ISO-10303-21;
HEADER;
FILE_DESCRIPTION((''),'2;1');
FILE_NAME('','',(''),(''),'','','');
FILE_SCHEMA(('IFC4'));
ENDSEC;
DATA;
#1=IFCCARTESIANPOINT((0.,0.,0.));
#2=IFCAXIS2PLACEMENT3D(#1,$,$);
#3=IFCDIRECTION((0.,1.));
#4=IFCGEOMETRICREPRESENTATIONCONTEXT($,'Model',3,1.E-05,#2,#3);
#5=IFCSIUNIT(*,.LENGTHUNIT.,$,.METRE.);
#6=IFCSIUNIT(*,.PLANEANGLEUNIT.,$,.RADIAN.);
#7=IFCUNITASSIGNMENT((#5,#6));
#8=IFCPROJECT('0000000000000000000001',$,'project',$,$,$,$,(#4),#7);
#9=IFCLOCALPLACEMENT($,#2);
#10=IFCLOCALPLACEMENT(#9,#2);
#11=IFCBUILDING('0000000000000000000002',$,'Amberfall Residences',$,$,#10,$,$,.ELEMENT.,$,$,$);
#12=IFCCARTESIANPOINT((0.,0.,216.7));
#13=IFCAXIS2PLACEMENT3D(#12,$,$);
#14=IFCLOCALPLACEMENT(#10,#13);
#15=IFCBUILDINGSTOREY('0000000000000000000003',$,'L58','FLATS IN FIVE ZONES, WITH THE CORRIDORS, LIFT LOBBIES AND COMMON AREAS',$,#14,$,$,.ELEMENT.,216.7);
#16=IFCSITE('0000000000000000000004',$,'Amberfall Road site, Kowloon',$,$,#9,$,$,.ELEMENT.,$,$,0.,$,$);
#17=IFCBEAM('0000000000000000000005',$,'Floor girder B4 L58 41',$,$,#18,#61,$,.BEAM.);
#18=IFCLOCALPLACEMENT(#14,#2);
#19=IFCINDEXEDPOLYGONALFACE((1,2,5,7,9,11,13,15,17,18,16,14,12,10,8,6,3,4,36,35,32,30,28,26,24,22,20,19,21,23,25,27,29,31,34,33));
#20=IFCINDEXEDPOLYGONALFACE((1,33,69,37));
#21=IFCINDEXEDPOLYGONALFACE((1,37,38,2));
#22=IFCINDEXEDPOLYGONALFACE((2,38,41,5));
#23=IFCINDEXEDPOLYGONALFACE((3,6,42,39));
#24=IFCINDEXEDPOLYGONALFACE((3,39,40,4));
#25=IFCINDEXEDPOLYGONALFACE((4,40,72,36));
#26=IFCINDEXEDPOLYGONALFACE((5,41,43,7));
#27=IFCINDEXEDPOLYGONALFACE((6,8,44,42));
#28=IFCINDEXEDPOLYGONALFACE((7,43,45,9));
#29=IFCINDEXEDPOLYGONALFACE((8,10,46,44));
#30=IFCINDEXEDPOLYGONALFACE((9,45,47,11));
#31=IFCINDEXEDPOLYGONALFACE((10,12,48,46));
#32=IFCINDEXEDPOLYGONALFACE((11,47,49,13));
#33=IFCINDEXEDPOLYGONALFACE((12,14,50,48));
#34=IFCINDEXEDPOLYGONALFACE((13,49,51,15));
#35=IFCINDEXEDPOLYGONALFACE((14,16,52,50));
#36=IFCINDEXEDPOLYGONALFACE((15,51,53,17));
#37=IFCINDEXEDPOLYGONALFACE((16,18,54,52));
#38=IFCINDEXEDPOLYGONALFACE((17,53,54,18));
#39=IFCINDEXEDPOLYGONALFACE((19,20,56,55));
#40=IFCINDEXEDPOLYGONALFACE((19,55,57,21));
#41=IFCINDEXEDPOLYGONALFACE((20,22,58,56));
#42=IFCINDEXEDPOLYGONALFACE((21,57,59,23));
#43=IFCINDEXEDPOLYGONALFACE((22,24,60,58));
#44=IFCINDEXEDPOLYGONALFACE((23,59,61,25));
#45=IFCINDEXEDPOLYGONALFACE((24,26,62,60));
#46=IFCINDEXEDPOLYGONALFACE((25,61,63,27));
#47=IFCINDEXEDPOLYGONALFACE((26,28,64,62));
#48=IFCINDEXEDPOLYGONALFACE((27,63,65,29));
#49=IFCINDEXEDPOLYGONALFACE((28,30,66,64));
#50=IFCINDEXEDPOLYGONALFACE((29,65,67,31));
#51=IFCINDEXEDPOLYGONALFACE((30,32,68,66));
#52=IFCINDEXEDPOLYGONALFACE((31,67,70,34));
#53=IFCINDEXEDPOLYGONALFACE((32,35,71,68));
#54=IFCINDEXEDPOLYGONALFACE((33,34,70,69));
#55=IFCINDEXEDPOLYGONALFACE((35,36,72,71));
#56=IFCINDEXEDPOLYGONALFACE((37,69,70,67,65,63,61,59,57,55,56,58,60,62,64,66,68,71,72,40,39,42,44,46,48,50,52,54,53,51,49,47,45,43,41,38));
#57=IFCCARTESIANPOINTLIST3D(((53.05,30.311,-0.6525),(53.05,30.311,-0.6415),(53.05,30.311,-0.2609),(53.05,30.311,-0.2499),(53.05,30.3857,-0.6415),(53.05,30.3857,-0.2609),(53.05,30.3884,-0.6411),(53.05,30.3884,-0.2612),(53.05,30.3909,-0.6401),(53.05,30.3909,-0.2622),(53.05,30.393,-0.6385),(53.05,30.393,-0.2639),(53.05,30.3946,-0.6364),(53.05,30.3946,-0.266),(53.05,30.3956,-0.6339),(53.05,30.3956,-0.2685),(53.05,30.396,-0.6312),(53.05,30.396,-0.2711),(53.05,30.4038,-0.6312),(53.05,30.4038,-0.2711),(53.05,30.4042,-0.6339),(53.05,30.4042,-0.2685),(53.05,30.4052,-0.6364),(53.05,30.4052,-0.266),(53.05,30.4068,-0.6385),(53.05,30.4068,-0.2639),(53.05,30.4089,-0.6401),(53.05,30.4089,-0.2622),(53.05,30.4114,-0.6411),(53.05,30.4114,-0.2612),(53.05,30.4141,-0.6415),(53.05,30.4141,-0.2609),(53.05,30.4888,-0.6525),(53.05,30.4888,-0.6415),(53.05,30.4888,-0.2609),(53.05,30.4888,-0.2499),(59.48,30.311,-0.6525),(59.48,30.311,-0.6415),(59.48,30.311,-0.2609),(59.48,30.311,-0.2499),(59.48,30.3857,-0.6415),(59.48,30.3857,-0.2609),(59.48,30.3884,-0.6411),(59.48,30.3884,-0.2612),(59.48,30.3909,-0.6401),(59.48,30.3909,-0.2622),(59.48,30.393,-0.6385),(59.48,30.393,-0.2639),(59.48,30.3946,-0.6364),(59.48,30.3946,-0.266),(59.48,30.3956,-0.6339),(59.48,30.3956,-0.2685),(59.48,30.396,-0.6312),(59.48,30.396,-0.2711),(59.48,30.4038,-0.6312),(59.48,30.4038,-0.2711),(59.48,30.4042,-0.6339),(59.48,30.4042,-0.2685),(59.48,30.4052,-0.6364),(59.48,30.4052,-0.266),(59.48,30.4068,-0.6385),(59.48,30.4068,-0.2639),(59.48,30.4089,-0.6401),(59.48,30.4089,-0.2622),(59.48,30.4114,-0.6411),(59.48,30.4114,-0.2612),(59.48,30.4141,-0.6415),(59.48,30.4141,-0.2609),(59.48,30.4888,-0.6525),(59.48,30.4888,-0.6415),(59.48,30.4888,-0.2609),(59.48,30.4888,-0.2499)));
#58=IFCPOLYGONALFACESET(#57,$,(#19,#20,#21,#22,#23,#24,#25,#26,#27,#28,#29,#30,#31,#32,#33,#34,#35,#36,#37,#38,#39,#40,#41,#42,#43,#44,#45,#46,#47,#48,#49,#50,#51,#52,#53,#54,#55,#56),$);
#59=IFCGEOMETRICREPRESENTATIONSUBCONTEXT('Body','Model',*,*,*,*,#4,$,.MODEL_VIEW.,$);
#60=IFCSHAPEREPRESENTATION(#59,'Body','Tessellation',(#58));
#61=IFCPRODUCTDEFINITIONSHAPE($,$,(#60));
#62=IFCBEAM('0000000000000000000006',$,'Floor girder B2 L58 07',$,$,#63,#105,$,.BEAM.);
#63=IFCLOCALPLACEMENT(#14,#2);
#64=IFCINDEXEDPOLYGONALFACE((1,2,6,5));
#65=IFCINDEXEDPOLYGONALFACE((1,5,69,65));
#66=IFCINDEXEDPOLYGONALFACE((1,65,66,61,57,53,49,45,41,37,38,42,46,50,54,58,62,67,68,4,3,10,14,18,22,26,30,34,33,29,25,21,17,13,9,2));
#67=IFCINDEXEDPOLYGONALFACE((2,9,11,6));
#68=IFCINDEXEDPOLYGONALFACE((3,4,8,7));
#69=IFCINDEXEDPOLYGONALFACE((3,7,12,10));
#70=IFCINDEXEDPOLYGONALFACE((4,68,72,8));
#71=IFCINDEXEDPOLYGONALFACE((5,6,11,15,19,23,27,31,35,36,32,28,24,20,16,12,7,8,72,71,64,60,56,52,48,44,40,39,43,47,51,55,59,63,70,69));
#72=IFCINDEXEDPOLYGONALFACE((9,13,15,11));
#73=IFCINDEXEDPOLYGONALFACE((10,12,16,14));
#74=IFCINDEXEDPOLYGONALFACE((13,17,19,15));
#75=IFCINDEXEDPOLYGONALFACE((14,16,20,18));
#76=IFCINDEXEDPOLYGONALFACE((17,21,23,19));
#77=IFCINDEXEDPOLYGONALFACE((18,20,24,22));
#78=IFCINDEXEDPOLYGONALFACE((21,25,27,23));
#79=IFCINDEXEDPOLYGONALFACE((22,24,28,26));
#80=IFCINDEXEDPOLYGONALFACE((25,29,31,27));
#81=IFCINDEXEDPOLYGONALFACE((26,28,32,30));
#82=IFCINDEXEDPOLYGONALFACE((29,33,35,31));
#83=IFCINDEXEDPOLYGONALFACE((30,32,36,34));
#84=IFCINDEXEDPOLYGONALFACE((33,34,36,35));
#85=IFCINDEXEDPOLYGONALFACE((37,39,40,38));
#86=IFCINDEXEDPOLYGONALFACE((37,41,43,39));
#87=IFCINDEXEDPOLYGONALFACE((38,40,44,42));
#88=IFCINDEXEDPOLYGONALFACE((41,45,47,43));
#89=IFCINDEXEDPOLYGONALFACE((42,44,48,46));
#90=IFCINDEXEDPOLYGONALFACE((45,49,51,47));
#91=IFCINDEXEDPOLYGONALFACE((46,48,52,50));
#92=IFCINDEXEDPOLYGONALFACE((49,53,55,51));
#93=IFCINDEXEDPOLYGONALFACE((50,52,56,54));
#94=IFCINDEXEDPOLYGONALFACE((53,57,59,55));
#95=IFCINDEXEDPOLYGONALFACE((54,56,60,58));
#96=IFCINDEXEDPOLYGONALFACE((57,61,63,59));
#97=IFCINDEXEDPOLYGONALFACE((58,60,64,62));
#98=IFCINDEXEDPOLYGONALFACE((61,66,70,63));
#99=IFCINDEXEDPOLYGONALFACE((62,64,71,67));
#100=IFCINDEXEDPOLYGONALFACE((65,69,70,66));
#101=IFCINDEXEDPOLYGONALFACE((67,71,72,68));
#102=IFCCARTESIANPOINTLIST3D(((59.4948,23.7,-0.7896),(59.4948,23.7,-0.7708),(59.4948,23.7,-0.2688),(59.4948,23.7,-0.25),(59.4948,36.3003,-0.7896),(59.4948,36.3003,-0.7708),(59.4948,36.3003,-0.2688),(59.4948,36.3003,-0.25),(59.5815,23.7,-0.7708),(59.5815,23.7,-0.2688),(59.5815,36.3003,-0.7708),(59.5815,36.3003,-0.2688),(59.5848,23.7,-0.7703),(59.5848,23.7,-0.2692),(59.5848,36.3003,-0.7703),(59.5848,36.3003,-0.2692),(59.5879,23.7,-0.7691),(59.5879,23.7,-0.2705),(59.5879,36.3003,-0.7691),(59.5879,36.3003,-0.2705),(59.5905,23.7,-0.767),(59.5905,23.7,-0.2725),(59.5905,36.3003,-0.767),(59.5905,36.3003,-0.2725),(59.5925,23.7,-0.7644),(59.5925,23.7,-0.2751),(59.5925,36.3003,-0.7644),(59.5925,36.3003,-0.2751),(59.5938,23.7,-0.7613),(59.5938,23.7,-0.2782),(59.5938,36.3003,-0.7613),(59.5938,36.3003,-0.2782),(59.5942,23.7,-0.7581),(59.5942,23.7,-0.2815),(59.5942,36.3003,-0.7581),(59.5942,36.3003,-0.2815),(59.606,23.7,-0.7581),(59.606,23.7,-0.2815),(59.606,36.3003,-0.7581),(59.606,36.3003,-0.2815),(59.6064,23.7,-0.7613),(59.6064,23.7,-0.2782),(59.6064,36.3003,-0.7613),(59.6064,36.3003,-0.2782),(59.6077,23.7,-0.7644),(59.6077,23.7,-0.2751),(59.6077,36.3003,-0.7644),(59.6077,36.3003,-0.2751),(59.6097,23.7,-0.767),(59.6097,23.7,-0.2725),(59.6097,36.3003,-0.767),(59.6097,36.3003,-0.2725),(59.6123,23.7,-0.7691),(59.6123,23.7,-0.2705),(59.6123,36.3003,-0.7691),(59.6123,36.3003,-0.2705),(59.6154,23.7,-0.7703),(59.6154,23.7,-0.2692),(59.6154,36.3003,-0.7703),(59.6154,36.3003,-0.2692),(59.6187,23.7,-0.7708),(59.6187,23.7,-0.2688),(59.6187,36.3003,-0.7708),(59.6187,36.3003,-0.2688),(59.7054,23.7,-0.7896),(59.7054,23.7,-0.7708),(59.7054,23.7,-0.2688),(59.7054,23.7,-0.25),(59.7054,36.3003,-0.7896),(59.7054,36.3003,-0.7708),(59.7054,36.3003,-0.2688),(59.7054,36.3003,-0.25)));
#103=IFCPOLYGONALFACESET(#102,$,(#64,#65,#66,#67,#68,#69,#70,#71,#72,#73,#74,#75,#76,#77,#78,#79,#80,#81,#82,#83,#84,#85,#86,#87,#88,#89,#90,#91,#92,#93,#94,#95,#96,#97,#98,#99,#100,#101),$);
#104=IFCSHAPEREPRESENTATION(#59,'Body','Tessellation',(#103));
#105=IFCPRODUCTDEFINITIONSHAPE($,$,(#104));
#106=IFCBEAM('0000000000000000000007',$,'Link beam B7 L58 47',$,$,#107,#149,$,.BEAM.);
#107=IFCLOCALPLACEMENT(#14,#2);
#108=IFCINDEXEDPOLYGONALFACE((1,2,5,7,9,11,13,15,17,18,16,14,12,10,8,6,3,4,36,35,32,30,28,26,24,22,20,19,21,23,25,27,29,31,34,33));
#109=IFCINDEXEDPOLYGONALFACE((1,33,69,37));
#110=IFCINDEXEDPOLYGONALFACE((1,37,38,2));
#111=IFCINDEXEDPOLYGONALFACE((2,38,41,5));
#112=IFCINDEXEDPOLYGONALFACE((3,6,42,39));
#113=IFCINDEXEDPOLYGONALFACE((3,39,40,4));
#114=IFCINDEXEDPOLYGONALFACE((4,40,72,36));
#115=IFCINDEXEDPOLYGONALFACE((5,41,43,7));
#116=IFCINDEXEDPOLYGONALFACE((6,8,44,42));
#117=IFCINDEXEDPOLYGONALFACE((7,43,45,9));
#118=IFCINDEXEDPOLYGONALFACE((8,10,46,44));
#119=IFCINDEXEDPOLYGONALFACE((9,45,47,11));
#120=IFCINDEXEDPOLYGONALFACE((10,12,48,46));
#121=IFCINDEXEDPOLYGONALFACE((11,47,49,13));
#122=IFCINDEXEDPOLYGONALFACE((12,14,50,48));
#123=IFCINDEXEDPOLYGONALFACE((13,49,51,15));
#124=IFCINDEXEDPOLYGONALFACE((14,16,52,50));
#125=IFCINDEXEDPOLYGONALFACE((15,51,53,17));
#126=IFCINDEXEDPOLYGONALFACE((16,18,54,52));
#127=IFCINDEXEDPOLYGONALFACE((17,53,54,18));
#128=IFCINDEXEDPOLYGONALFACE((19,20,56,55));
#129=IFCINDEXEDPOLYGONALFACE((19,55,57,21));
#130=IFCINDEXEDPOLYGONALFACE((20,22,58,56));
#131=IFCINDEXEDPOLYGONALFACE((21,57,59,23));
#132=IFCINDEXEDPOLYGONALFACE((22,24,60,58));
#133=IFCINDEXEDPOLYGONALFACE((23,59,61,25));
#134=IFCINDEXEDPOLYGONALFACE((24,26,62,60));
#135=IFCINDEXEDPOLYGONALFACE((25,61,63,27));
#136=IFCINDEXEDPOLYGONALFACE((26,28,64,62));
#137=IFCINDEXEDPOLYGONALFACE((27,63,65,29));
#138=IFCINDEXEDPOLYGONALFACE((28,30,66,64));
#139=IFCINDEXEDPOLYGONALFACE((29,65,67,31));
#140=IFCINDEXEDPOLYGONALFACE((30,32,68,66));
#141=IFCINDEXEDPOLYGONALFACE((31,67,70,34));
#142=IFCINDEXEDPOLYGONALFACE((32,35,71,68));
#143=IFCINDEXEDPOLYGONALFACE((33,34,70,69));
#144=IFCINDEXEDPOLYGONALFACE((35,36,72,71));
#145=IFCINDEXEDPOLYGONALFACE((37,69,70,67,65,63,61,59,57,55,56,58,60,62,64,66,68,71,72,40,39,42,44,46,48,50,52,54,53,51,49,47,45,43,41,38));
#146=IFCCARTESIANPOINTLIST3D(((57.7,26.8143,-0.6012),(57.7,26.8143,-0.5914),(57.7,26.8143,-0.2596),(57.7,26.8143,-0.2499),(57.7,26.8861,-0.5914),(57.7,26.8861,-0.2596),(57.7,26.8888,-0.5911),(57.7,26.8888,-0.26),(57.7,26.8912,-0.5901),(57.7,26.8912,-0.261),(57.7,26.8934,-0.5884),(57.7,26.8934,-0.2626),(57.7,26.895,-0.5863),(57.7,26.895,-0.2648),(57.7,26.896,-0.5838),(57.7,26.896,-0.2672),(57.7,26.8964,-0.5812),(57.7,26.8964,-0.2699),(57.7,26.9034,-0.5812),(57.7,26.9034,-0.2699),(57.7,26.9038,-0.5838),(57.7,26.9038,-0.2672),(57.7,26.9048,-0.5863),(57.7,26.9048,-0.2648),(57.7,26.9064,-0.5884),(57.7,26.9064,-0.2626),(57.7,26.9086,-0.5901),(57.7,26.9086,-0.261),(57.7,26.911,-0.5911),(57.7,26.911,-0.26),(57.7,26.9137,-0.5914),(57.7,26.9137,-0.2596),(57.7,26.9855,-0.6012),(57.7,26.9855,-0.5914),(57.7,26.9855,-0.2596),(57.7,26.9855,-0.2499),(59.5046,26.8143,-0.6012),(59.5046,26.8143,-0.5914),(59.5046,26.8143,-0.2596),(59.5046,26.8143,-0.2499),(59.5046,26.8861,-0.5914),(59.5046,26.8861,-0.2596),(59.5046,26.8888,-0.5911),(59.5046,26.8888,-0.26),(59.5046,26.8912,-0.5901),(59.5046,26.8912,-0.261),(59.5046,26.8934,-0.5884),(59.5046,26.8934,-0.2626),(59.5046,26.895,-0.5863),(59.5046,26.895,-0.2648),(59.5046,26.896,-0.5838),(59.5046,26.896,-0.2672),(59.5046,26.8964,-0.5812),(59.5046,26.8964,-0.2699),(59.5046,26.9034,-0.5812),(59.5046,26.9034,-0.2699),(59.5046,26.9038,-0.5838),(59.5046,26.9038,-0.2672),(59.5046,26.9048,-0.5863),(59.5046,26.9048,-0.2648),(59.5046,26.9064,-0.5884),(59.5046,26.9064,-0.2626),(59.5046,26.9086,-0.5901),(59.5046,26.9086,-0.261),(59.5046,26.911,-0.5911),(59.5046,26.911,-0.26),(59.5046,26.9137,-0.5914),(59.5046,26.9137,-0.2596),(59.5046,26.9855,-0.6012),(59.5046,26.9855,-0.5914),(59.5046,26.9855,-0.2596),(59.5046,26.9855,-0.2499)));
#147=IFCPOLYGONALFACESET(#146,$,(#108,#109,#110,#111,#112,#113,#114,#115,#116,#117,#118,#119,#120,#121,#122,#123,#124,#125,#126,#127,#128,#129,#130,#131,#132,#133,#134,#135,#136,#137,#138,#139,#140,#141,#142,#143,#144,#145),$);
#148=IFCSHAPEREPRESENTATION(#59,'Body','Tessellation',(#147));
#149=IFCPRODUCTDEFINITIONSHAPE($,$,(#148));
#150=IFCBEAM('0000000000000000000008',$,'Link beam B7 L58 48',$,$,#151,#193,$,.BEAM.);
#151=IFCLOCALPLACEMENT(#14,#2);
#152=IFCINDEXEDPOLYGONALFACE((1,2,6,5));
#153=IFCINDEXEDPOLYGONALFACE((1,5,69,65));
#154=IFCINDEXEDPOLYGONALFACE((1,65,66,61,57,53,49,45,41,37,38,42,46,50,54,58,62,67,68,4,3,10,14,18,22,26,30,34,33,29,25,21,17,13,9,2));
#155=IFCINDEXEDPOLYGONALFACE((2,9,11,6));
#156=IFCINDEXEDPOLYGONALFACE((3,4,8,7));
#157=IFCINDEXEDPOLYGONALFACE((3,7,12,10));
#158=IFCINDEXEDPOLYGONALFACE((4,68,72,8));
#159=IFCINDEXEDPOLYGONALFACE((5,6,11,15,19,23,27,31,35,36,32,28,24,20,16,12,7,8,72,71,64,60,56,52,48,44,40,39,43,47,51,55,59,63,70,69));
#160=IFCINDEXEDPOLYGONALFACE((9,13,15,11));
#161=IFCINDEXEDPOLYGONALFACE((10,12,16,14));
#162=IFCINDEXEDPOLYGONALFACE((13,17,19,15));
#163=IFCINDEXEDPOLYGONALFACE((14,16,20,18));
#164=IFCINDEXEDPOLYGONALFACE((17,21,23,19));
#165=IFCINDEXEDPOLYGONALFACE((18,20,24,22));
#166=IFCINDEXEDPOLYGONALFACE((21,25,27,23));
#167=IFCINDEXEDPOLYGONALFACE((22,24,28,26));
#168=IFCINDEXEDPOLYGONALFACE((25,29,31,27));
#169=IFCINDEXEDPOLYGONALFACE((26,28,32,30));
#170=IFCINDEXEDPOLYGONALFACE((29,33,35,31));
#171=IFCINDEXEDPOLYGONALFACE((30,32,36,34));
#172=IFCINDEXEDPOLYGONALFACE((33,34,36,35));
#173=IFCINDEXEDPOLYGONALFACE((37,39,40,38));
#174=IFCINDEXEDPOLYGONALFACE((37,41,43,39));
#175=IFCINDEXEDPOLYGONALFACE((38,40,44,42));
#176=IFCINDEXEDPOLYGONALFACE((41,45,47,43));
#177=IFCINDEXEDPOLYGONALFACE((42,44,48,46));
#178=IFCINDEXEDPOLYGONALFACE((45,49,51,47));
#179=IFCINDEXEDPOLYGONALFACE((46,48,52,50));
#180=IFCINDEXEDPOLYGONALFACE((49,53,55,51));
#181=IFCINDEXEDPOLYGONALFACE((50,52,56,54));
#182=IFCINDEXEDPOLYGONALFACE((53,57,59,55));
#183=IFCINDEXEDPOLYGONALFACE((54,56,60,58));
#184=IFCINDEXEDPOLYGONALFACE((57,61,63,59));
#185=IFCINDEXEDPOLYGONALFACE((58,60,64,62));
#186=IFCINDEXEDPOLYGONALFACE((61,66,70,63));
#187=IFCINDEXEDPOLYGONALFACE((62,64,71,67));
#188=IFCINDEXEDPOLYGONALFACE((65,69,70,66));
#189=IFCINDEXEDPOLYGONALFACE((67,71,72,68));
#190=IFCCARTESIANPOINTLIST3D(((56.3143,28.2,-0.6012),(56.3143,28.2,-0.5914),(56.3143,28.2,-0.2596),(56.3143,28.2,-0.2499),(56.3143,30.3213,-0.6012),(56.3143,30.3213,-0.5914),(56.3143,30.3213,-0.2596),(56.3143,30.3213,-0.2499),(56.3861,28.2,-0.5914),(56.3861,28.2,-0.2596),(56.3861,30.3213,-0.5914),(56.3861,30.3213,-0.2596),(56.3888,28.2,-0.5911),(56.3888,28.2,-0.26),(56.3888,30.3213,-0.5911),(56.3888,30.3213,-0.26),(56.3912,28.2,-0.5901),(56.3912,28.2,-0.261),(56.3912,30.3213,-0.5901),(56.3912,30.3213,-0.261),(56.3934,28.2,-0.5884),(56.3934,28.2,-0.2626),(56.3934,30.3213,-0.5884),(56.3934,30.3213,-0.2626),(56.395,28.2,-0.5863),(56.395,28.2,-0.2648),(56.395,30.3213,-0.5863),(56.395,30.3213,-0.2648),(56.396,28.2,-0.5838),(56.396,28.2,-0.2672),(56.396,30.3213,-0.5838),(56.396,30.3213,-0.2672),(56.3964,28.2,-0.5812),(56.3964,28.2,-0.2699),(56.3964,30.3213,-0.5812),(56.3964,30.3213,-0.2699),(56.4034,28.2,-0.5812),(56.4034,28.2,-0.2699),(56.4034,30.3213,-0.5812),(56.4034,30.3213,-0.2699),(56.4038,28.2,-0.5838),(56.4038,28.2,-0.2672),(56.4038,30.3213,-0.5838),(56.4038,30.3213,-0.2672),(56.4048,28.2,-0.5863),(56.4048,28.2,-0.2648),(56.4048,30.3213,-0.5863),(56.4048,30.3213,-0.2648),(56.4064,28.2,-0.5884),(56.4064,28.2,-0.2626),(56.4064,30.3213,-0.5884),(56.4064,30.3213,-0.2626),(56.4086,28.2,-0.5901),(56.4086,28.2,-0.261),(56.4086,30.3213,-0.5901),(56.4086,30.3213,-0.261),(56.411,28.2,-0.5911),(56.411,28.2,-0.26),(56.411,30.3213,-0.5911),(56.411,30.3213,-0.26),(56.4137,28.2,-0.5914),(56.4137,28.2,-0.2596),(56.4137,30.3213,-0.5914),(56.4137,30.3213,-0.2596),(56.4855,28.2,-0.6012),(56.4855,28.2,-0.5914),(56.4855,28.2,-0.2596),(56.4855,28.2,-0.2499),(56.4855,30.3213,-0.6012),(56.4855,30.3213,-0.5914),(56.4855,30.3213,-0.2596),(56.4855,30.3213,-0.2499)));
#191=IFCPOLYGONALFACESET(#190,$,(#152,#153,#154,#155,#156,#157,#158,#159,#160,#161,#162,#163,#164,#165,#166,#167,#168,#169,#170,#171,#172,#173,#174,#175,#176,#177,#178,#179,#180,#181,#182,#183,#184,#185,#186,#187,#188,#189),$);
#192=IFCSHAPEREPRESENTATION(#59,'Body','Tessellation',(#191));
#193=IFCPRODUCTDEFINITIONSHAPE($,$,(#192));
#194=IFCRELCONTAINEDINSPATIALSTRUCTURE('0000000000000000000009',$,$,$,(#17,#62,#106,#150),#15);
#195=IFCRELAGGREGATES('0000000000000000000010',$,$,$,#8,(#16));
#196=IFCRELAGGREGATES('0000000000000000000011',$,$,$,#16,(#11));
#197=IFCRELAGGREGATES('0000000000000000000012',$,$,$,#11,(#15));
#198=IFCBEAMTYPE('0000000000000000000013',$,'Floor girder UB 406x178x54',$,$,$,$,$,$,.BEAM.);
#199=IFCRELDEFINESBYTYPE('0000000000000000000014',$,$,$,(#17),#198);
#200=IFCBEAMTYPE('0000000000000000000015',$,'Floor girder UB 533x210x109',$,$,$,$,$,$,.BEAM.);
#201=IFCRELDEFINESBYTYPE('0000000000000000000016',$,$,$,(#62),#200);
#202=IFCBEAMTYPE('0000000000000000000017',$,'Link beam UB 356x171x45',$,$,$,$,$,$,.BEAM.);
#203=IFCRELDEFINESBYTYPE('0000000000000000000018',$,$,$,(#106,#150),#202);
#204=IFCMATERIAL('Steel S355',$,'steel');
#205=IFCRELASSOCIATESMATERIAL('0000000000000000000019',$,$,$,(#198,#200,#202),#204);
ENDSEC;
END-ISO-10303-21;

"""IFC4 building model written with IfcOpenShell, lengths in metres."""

from ifc_helpers import new_model, si_unit, direction, frame, origin, origin_2d, place, context, subcontext, project, spatial, i_section, extrude, material, material_profile, profile_set, type_object, element, save


model = new_model("IFC4")

# Units and contexts
model_context = context("Model", 3, precision=1e-05, world=origin(), true_north=direction((0.0, 1.0)))
body_context = subcontext(model_context, "Body", "Model", "MODEL_VIEW")
ifc_project = project(units=[si_unit("LENGTHUNIT", "METRE"), si_unit("PLANEANGLEUNIT", "RADIAN")], contexts=[model_context])

# Site, building, storey
site_placement = place(None, origin())
site = spatial("IfcSite", under=ifc_project, at=site_placement, Name="Amberfall Road site, Kowloon", CompositionType="ELEMENT", RefElevation=0.0)
building_placement = place(site_placement, origin())
building = spatial("IfcBuilding", under=site, at=building_placement, Name="Amberfall Residences", CompositionType="ELEMENT")
storey_placement = place(building_placement, frame((0.0, 0.0, 216.7)))
storey = spatial("IfcBuildingStorey", under=building, at=storey_placement, Name="L58", Description="FLATS IN FIVE ZONES, WITH THE CORRIDORS, LIFT LOBBIES AND COMMON AREAS", CompositionType="ELEMENT", Elevation=216.7)

# Shared definitions
ifc_material_1 = material(Name="Steel S355", Category="steel")

# Beams
ifc_material_profile_1 = material_profile(ifc_material_1, i_section(OverallWidth=0.1777, OverallDepth=0.4026, WebThickness=0.0078, FlangeThickness=0.011, FilletRadius=0.0103, at=origin_2d()), Name="UB 406x178x54")
ifc_profile_set_1 = profile_set([ifc_material_profile_1], Name="Steel S355")
beam_type_1 = type_object("IfcBeamType", Name="Floor girder UB 406x178x54", PredefinedType="BEAM", material=ifc_profile_set_1)
beam_1_placement = place(storey_placement, frame((53.05, 30.3999, -0.4512), z_axis=(1.0, 0.0, 0.0), x_axis=(0.0, 1.0, 0.0)))
element("IfcBeam", 1, at=beam_1_placement, inside=storey, type_object=beam_type_1, Name="Floor girder B4 L58 41", PredefinedType="BEAM", context=body_context, shape_type="SweptSolid", body=[
    extrude(i_section(OverallWidth=0.1777, OverallDepth=0.4026, WebThickness=0.0078, FlangeThickness=0.011, FilletRadius=0.0103, at=origin_2d()), origin(), (0.0, 0.0, 1.0), 6.4299),
])
ifc_material_profile_2 = material_profile(ifc_material_1, i_section(OverallWidth=0.2107, OverallDepth=0.5396, WebThickness=0.0117, FlangeThickness=0.0188, FilletRadius=0.0127, at=origin_2d()), Name="UB 533x210x109")
ifc_profile_set_2 = profile_set([ifc_material_profile_2], Name="Steel S355")
beam_type_2 = type_object("IfcBeamType", Name="Floor girder UB 533x210x109", PredefinedType="BEAM", material=ifc_profile_set_2)
beam_2_placement = place(storey_placement, frame((59.6001, 23.7, -0.5198), z_axis=(0.0, 1.0, 0.0), x_axis=(-1.0, 0.0, 0.0)))
element("IfcBeam", 2, at=beam_2_placement, inside=storey, type_object=beam_type_2, Name="Floor girder B2 L58 07", PredefinedType="BEAM", context=body_context, shape_type="SweptSolid", body=[
    extrude(i_section(OverallWidth=0.2107, OverallDepth=0.5396, WebThickness=0.0117, FlangeThickness=0.0188, FilletRadius=0.0127, at=origin_2d()), origin(), (0.0, 0.0, 1.0), 12.6003),
])
ifc_material_profile_3 = material_profile(ifc_material_1, i_section(OverallWidth=0.1711, OverallDepth=0.3513, WebThickness=0.0071, FlangeThickness=0.0098, FilletRadius=0.0103, at=origin_2d()), Name="UB 356x171x45")
ifc_profile_set_3 = profile_set([ifc_material_profile_3], Name="Steel S355")
beam_type_3 = type_object("IfcBeamType", Name="Link beam UB 356x171x45", PredefinedType="BEAM", material=ifc_profile_set_3)
beam_3_placement = place(storey_placement, frame((57.7, 26.8999, -0.4255), z_axis=(1.0, 0.0, 0.0), x_axis=(0.0, 1.0, 0.0)))
element("IfcBeam", 3, at=beam_3_placement, inside=storey, type_object=beam_type_3, Name="Link beam B7 L58 47", PredefinedType="BEAM", context=body_context, shape_type="SweptSolid", body=[
    extrude(i_section(OverallWidth=0.1711, OverallDepth=0.3513, WebThickness=0.0071, FlangeThickness=0.0098, FilletRadius=0.0103, at=origin_2d()), origin(), (0.0, 0.0, 1.0), 1.8047),
])
beam_4_placement = place(storey_placement, frame((56.3999, 28.2, -0.4255), z_axis=(0.0, 1.0, 0.0), x_axis=(-1.0, 0.0, 0.0)))
element("IfcBeam", 4, at=beam_4_placement, inside=storey, type_object=beam_type_3, Name="Link beam B7 L58 48", PredefinedType="BEAM", context=body_context, shape_type="SweptSolid", body=[
    extrude(i_section(OverallWidth=0.1711, OverallDepth=0.3513, WebThickness=0.0071, FlangeThickness=0.0098, FilletRadius=0.0103, at=origin_2d()), origin(), (0.0, 0.0, 1.0), 2.1213),
])

save(model, "model.ifc")
